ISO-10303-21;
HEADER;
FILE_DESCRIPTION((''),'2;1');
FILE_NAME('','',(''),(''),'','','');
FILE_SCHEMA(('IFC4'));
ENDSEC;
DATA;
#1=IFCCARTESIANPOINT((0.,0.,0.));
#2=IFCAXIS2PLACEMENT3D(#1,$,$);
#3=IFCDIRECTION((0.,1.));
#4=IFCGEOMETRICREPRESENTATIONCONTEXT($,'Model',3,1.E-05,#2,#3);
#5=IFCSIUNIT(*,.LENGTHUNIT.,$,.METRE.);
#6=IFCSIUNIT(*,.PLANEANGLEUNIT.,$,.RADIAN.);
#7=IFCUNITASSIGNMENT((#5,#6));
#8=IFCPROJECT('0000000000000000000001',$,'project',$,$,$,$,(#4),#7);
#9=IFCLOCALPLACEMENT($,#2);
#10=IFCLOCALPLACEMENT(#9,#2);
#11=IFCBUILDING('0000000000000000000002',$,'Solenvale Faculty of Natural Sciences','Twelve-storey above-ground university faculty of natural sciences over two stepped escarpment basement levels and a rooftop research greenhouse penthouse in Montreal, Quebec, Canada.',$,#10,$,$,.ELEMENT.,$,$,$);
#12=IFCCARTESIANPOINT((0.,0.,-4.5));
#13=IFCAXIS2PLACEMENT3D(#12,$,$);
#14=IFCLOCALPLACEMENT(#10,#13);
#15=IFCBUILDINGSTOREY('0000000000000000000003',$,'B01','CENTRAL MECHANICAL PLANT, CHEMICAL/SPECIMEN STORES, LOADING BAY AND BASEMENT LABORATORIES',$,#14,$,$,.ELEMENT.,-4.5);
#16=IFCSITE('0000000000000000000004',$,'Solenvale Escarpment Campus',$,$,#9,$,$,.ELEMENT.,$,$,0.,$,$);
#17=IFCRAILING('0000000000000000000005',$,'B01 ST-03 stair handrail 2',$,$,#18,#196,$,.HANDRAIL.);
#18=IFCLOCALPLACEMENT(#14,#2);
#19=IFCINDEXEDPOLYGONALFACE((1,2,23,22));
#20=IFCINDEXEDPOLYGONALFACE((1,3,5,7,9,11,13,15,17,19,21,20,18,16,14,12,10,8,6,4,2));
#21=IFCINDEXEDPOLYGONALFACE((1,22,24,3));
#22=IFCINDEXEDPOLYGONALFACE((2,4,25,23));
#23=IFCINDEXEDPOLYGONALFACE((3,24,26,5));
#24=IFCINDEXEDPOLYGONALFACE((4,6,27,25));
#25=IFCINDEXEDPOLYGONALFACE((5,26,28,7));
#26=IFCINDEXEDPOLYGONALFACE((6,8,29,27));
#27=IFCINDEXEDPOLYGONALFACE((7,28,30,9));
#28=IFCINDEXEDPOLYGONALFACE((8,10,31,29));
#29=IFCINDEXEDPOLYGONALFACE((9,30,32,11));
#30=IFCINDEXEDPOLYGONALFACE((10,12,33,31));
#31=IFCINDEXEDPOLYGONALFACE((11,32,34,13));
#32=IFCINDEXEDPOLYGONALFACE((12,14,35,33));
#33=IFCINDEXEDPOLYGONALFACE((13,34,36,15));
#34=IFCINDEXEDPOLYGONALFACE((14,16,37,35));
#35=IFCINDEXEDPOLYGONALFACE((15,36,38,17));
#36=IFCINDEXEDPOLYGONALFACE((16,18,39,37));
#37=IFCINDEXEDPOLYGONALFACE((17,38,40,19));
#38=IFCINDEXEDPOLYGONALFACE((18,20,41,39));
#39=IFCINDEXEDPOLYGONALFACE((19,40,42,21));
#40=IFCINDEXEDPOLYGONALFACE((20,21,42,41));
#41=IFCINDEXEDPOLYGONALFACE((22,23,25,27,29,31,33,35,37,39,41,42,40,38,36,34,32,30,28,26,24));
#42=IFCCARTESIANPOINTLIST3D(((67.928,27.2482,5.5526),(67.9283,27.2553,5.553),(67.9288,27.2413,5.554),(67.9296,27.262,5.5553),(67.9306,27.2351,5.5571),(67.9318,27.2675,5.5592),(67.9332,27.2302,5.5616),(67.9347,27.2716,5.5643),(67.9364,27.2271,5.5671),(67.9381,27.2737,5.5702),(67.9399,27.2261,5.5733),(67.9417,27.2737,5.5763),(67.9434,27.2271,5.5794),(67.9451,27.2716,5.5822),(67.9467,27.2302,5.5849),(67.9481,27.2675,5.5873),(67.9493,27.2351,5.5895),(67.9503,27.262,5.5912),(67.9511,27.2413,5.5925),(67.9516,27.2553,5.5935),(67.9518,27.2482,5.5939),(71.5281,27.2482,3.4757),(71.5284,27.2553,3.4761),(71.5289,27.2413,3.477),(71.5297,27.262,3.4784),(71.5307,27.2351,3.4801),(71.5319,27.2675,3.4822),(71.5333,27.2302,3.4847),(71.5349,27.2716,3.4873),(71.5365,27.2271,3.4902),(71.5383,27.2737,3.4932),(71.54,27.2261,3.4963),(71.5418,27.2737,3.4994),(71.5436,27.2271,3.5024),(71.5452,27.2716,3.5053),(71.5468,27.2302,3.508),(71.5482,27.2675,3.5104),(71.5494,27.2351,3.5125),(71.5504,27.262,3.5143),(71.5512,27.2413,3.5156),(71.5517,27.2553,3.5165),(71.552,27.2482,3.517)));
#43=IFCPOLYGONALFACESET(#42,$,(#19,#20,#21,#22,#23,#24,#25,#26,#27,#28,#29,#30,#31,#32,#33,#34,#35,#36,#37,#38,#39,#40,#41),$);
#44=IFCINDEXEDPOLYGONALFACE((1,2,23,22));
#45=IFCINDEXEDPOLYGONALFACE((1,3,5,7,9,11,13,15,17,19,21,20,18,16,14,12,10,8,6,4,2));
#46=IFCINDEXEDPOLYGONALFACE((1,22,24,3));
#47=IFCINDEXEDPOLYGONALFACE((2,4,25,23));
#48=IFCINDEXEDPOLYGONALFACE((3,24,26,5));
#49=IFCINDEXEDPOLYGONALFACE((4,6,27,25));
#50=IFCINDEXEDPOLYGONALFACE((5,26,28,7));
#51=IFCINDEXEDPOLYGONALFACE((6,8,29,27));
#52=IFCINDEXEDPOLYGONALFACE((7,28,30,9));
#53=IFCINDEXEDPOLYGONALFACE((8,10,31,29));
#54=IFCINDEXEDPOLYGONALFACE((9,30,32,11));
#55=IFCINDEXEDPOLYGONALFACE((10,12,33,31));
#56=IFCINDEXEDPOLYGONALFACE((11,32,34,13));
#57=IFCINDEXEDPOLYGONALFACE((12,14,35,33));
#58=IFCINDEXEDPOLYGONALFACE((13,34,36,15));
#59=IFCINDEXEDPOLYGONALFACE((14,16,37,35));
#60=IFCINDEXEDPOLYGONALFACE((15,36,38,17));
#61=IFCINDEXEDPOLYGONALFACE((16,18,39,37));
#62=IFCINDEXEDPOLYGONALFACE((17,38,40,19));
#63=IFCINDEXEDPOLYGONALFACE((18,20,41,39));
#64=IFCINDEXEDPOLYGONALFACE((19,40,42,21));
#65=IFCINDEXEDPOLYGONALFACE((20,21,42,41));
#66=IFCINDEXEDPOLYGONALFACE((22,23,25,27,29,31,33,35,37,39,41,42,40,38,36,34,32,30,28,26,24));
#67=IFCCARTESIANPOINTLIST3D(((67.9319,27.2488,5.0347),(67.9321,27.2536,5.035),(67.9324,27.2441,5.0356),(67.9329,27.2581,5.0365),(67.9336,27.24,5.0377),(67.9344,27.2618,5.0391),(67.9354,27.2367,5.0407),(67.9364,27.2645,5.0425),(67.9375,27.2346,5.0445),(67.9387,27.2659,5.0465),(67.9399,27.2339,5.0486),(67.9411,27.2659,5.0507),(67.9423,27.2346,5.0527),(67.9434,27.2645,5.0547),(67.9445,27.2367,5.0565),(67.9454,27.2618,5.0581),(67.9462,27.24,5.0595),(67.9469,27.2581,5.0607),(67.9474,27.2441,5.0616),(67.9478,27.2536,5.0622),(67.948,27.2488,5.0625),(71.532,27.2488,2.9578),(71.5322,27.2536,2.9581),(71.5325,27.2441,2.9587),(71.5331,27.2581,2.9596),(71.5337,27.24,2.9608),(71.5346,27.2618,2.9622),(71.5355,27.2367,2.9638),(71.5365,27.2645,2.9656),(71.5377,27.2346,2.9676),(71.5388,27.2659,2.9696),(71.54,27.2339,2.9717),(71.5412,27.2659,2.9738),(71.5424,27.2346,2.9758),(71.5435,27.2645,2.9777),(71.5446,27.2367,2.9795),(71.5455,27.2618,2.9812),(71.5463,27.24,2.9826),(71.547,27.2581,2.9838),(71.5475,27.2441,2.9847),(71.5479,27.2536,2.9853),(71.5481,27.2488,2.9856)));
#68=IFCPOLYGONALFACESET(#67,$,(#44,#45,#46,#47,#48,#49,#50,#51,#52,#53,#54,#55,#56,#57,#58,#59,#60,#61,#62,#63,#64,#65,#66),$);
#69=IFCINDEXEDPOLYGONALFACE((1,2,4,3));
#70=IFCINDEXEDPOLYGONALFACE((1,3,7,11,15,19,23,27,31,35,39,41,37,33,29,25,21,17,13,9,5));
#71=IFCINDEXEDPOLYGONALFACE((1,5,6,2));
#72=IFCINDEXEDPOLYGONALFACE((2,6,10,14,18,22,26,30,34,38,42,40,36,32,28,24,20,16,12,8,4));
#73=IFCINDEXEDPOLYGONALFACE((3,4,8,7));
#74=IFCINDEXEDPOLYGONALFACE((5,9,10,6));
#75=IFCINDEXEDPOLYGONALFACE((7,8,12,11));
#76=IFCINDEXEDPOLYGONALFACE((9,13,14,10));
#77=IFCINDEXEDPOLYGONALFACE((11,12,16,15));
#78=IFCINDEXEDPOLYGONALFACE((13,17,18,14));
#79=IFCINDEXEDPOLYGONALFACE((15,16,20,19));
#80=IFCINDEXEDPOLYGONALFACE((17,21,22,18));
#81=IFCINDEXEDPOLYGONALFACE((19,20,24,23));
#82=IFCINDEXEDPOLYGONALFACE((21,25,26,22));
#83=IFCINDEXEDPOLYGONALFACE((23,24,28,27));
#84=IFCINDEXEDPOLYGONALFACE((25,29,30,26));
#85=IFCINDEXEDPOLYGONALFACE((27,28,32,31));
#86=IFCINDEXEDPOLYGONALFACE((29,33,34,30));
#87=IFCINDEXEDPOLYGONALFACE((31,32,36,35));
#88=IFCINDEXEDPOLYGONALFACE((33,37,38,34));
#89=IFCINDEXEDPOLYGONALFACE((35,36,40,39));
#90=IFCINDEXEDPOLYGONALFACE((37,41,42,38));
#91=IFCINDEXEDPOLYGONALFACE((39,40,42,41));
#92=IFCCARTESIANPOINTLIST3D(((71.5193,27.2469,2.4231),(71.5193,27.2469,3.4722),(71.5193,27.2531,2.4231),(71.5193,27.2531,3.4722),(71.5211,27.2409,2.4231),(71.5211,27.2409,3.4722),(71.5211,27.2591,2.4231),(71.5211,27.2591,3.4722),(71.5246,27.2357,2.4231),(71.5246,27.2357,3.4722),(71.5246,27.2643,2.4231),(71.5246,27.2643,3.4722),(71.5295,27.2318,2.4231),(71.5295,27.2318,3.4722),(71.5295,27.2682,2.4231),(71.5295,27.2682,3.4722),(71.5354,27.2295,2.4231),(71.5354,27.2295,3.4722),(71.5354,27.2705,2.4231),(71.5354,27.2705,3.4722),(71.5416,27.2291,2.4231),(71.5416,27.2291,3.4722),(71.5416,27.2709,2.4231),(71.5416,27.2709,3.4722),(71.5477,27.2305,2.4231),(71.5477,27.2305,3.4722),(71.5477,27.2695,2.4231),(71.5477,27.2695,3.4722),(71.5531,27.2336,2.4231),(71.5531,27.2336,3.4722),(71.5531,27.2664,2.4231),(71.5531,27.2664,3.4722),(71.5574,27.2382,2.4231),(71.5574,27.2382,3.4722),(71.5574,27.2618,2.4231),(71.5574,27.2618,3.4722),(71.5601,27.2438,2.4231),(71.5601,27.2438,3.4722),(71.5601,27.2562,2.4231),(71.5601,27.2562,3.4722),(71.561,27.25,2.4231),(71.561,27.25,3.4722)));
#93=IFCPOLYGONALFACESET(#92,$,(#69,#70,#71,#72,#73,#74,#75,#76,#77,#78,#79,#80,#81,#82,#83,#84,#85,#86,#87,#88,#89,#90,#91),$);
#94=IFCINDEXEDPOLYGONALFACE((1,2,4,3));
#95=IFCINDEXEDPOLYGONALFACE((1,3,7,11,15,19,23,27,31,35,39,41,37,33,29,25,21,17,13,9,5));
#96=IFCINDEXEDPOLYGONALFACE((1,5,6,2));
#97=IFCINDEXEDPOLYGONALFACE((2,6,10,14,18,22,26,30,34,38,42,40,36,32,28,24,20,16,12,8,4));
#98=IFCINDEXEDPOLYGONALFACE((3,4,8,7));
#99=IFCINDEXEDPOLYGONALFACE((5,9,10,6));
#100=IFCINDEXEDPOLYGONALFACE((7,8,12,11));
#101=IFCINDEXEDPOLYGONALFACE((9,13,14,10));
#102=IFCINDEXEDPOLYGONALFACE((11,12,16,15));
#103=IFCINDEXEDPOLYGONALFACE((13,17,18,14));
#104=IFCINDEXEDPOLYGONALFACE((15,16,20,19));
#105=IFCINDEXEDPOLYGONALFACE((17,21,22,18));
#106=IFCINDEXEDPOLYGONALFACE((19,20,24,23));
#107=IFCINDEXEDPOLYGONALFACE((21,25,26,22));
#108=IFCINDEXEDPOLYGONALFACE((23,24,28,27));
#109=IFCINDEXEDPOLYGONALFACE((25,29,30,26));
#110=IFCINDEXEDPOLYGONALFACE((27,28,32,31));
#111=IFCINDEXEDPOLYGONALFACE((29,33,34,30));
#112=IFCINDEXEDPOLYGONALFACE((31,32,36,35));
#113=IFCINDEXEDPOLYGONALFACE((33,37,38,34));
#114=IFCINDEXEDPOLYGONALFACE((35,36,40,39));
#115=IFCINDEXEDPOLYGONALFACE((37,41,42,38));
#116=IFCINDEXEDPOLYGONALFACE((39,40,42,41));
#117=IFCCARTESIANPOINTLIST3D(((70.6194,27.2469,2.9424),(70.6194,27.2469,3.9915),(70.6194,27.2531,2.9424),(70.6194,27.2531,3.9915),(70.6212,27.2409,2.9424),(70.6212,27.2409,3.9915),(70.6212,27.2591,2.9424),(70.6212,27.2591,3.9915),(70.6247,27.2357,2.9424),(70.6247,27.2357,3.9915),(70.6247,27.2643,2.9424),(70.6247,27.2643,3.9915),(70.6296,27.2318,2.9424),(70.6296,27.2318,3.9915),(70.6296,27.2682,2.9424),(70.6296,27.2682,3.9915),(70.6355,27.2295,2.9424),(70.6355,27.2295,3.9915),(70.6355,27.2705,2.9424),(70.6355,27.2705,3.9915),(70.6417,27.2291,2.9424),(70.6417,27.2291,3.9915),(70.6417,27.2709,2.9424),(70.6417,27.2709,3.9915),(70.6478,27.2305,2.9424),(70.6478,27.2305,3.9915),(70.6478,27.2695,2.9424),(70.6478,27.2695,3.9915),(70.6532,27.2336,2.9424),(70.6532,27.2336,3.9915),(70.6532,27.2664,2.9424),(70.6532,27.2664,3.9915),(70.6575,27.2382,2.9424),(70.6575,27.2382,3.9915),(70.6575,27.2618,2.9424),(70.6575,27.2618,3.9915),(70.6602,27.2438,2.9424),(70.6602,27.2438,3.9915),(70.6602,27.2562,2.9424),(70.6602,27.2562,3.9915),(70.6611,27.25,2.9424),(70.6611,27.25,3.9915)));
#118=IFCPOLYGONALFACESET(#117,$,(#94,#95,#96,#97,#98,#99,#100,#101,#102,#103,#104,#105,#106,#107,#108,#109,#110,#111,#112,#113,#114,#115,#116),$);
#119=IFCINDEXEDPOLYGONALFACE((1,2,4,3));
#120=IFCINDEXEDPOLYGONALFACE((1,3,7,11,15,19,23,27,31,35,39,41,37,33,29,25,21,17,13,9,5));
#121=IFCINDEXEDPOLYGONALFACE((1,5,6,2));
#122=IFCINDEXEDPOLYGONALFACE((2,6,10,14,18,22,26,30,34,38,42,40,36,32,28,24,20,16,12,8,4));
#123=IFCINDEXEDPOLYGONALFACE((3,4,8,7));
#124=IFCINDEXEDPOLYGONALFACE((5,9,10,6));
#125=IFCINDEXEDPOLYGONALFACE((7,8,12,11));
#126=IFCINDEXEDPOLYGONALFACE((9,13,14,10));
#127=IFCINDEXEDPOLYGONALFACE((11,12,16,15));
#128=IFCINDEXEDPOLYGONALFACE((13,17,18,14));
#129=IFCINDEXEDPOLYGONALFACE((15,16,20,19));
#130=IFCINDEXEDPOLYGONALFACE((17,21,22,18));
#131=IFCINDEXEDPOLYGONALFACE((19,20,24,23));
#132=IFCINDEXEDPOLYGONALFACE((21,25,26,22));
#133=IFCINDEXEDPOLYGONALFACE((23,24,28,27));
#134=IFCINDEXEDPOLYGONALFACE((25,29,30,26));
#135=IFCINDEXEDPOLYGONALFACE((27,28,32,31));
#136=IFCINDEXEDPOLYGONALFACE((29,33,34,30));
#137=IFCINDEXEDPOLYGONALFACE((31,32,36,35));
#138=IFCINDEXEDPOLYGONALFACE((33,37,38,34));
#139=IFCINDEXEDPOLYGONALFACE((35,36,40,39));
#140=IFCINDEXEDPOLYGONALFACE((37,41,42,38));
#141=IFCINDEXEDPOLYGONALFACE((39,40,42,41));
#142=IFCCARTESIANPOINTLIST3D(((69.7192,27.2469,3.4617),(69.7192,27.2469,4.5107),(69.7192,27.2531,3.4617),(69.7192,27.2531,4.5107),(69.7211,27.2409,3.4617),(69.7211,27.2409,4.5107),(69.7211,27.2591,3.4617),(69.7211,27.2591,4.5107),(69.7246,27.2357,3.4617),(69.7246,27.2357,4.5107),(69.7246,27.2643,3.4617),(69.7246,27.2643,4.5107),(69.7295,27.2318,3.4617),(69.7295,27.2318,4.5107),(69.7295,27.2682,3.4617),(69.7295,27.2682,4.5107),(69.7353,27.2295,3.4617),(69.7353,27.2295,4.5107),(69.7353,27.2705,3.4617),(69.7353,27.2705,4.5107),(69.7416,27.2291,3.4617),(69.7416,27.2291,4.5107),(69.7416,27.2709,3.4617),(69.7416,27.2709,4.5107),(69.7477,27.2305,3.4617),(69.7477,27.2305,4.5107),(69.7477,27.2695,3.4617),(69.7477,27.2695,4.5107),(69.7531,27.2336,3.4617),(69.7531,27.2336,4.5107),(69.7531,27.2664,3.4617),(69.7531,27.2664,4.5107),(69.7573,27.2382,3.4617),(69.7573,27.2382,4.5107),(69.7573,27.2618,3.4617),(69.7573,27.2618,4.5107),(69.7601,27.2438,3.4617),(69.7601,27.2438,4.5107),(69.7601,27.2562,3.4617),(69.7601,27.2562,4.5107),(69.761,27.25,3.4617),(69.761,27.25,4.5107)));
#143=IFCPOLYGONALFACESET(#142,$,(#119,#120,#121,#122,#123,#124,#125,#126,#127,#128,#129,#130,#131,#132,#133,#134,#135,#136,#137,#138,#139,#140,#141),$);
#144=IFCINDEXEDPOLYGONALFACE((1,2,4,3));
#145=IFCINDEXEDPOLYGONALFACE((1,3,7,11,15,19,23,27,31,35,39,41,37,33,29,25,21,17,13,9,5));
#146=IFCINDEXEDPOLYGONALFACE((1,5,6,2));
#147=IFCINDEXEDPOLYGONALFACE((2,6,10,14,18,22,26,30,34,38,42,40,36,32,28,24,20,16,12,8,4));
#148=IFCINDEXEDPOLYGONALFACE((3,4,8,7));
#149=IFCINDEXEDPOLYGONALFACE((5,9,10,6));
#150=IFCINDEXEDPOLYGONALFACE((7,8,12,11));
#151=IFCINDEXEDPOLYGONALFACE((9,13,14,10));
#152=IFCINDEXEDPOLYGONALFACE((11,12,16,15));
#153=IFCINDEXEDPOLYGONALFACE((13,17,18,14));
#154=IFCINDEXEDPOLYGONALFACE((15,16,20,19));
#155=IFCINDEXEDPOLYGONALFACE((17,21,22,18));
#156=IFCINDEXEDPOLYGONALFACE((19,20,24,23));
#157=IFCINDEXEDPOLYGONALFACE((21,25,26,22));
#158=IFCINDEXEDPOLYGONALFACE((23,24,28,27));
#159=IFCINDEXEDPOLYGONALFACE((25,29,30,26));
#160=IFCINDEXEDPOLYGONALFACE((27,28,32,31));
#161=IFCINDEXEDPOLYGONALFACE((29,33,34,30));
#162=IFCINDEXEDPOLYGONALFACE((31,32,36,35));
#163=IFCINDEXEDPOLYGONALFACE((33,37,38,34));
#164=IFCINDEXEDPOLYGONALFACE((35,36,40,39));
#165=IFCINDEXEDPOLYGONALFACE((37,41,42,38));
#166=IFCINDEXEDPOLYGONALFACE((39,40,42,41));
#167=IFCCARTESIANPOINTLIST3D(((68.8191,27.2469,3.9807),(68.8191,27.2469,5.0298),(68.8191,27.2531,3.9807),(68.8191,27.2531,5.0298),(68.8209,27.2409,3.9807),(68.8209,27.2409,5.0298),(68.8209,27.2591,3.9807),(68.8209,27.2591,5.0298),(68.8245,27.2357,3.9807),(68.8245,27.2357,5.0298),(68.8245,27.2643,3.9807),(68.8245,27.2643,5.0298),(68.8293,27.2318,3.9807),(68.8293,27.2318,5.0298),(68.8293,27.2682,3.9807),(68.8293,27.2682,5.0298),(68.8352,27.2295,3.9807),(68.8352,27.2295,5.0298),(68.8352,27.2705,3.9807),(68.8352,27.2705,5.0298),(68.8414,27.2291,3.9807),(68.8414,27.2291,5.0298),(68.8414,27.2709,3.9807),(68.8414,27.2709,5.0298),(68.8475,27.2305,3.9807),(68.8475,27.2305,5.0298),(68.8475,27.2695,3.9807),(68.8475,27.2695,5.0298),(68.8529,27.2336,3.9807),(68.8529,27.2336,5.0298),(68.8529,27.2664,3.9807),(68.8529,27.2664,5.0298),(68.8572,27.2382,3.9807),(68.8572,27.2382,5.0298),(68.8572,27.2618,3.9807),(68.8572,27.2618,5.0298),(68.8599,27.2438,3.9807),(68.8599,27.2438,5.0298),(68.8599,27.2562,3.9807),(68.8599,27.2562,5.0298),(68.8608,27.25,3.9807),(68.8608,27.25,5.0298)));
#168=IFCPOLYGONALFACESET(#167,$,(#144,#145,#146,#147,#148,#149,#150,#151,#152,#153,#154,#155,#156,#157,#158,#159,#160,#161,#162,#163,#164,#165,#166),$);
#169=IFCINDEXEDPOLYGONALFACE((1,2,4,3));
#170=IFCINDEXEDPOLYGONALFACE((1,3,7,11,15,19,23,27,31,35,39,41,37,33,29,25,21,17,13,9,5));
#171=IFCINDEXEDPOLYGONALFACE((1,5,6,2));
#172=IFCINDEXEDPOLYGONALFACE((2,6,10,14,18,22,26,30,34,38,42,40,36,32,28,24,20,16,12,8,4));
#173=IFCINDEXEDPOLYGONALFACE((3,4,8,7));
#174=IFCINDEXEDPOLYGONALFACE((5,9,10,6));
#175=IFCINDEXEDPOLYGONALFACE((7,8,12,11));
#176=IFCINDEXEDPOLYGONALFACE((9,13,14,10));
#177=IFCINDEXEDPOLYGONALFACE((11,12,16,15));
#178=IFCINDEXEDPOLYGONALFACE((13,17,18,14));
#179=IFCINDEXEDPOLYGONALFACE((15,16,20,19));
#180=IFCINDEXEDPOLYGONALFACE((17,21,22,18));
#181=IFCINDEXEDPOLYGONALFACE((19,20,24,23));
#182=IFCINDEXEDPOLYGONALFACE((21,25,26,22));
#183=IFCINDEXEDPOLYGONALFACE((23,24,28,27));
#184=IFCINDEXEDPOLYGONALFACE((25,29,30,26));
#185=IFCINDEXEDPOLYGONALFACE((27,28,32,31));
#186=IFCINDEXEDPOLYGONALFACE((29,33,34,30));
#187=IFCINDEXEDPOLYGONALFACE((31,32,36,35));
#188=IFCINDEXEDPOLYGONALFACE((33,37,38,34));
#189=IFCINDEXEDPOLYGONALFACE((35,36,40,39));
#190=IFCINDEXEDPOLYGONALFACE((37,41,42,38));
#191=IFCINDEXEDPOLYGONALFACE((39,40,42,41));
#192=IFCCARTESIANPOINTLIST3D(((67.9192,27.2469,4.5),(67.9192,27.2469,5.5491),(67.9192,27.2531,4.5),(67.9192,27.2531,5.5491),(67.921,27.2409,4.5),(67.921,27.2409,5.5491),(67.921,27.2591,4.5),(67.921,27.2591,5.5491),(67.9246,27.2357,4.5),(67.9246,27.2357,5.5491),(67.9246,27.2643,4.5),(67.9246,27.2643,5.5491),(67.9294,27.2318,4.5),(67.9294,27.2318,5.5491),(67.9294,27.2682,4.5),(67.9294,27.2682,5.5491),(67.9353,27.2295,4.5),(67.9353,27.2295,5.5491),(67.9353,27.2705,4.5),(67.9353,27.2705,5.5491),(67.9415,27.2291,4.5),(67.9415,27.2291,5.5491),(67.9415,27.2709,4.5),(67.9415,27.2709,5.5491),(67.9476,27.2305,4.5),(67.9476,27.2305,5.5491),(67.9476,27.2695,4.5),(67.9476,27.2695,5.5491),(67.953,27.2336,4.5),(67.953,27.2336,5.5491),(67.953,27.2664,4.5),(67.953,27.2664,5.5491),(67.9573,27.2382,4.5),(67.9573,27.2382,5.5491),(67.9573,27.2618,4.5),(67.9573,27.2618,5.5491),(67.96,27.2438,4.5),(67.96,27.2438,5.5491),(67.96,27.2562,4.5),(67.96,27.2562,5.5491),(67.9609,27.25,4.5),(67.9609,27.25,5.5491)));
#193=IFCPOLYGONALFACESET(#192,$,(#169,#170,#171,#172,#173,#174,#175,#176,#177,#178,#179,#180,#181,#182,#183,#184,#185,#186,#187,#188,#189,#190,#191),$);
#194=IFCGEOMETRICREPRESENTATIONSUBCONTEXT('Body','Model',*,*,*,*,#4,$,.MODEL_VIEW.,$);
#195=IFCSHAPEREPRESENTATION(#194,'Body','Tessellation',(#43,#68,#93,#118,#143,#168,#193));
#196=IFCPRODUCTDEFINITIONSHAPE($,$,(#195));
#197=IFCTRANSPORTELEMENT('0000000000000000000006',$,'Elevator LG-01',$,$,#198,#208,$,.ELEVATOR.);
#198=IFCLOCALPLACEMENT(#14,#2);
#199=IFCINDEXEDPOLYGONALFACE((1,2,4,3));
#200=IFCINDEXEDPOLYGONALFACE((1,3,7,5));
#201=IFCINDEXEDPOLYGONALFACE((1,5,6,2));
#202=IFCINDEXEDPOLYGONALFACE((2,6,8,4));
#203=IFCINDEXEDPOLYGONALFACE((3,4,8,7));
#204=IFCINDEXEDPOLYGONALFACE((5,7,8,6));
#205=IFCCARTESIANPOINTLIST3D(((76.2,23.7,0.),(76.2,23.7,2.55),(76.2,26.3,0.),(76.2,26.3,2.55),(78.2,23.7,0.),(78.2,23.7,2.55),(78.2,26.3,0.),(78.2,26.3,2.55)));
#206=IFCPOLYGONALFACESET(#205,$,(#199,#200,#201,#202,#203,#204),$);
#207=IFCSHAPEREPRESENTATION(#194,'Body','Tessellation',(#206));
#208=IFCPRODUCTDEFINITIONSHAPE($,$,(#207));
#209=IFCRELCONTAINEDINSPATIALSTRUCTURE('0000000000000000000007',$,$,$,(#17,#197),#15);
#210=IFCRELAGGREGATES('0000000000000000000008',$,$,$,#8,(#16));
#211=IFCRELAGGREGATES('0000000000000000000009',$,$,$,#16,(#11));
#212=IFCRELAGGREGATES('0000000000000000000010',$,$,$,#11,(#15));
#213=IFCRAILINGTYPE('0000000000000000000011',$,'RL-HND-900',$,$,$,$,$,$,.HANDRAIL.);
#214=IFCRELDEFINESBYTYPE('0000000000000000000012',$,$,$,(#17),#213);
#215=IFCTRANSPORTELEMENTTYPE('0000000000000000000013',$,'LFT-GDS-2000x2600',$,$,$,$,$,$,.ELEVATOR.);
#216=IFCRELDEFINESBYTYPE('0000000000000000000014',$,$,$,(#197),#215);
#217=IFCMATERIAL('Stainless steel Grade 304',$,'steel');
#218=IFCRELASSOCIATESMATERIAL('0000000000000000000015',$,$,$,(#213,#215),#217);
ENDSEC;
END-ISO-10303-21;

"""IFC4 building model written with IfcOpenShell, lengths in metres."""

from ifc_helpers import new_model, si_unit, direction, frame, origin, origin_2d, place, context, subcontext, project, spatial, rectangle, circle, extrude, material, type_object, element, save


model = new_model("IFC4")

# Units and contexts
model_context = context("Model", 3, precision=1e-05, world=origin(), true_north=direction((0.0, 1.0)))
body_context = subcontext(model_context, "Body", "Model", "MODEL_VIEW")
ifc_project = project(units=[si_unit("LENGTHUNIT", "METRE"), si_unit("PLANEANGLEUNIT", "RADIAN")], contexts=[model_context])

# Site, building, storey
site_placement = place(None, origin())
site = spatial("IfcSite", under=ifc_project, at=site_placement, Name="Solenvale Escarpment Campus", CompositionType="ELEMENT", RefElevation=0.0)
building_placement = place(site_placement, origin())
building = spatial("IfcBuilding", under=site, at=building_placement, Name="Solenvale Faculty of Natural Sciences", Description="Twelve-storey above-ground university faculty of natural sciences over two stepped escarpment basement levels and a rooftop research greenhouse penthouse in Montreal, Quebec, Canada.", CompositionType="ELEMENT")
storey_placement = place(building_placement, frame((0.0, 0.0, -4.5)))
storey = spatial("IfcBuildingStorey", under=building, at=storey_placement, Name="B01", Description="CENTRAL MECHANICAL PLANT, CHEMICAL/SPECIMEN STORES, LOADING BAY AND BASEMENT LABORATORIES", CompositionType="ELEMENT", Elevation=-4.5)

# Shared definitions
ifc_material_1 = material(Name="Stainless steel Grade 304", Category="steel")

# Railing
railing_type_1 = type_object("IfcRailingType", Name="RL-HND-900", PredefinedType="HANDRAIL", material=ifc_material_1)
railing_1_placement = place(storey_placement, frame((71.54, 27.25, 2.4231)))
element("IfcRailing", 1, at=railing_1_placement, inside=storey, type_object=railing_type_1, Name="B01 ST-03 stair handrail 2", PredefinedType="HANDRAIL", context=body_context, shape_type="SweptSolid", body=[
    extrude(circle(Radius=0.0239, at=origin_2d()), frame((0.0, 0.0, 1.0732), z_axis=(-0.866193, 0.0, 0.499709), x_axis=(0.0, -1.0, 0.0)), (0.0, 0.0, 1.0), 4.1562),
    extrude(circle(Radius=0.0161, at=origin_2d()), frame((0.0, 0.0, 0.5486), z_axis=(-0.866193, 0.0, 0.499709), x_axis=(0.0, -1.0, 0.0)), (0.0, 0.0, 1.0), 4.1562),
    extrude(circle(Radius=0.021, at=origin_2d()), origin(), (0.0, 0.0, 1.0), 1.0491),
    extrude(circle(Radius=0.021, at=origin_2d()), frame((-0.8999, 0.0, 0.5193)), (0.0, 0.0, 1.0), 1.0491),
    extrude(circle(Radius=0.021, at=origin_2d()), frame((-1.8, 0.0, 1.0386)), (0.0, 0.0, 1.0), 1.0491),
    extrude(circle(Radius=0.021, at=origin_2d()), frame((-2.7002, 0.0, 1.5576)), (0.0, 0.0, 1.0), 1.0491),
    extrude(circle(Radius=0.021, at=origin_2d()), frame((-3.6001, 0.0, 2.0769)), (0.0, 0.0, 1.0), 1.0491),
])

# Transport element
transport_element_type = type_object("IfcTransportElementType", Name="LFT-GDS-2000x2600", PredefinedType="ELEVATOR", material=ifc_material_1)
transport_element_placement = place(storey_placement, frame((77.2, 25.0, 0.0), z_axis=(0.0, 0.0, 1.0), x_axis=(1.0, 0.0, 0.0)))
element("IfcTransportElement", 2, at=transport_element_placement, inside=storey, type_object=transport_element_type, Name="Elevator LG-01", PredefinedType="ELEVATOR", context=body_context, shape_type="SweptSolid", body=[
    extrude(rectangle(XDim=2.0, YDim=2.6001, at=origin_2d()), origin(), (0.0, 0.0, 1.0), 2.55),
])

save(model, "model.ifc")
